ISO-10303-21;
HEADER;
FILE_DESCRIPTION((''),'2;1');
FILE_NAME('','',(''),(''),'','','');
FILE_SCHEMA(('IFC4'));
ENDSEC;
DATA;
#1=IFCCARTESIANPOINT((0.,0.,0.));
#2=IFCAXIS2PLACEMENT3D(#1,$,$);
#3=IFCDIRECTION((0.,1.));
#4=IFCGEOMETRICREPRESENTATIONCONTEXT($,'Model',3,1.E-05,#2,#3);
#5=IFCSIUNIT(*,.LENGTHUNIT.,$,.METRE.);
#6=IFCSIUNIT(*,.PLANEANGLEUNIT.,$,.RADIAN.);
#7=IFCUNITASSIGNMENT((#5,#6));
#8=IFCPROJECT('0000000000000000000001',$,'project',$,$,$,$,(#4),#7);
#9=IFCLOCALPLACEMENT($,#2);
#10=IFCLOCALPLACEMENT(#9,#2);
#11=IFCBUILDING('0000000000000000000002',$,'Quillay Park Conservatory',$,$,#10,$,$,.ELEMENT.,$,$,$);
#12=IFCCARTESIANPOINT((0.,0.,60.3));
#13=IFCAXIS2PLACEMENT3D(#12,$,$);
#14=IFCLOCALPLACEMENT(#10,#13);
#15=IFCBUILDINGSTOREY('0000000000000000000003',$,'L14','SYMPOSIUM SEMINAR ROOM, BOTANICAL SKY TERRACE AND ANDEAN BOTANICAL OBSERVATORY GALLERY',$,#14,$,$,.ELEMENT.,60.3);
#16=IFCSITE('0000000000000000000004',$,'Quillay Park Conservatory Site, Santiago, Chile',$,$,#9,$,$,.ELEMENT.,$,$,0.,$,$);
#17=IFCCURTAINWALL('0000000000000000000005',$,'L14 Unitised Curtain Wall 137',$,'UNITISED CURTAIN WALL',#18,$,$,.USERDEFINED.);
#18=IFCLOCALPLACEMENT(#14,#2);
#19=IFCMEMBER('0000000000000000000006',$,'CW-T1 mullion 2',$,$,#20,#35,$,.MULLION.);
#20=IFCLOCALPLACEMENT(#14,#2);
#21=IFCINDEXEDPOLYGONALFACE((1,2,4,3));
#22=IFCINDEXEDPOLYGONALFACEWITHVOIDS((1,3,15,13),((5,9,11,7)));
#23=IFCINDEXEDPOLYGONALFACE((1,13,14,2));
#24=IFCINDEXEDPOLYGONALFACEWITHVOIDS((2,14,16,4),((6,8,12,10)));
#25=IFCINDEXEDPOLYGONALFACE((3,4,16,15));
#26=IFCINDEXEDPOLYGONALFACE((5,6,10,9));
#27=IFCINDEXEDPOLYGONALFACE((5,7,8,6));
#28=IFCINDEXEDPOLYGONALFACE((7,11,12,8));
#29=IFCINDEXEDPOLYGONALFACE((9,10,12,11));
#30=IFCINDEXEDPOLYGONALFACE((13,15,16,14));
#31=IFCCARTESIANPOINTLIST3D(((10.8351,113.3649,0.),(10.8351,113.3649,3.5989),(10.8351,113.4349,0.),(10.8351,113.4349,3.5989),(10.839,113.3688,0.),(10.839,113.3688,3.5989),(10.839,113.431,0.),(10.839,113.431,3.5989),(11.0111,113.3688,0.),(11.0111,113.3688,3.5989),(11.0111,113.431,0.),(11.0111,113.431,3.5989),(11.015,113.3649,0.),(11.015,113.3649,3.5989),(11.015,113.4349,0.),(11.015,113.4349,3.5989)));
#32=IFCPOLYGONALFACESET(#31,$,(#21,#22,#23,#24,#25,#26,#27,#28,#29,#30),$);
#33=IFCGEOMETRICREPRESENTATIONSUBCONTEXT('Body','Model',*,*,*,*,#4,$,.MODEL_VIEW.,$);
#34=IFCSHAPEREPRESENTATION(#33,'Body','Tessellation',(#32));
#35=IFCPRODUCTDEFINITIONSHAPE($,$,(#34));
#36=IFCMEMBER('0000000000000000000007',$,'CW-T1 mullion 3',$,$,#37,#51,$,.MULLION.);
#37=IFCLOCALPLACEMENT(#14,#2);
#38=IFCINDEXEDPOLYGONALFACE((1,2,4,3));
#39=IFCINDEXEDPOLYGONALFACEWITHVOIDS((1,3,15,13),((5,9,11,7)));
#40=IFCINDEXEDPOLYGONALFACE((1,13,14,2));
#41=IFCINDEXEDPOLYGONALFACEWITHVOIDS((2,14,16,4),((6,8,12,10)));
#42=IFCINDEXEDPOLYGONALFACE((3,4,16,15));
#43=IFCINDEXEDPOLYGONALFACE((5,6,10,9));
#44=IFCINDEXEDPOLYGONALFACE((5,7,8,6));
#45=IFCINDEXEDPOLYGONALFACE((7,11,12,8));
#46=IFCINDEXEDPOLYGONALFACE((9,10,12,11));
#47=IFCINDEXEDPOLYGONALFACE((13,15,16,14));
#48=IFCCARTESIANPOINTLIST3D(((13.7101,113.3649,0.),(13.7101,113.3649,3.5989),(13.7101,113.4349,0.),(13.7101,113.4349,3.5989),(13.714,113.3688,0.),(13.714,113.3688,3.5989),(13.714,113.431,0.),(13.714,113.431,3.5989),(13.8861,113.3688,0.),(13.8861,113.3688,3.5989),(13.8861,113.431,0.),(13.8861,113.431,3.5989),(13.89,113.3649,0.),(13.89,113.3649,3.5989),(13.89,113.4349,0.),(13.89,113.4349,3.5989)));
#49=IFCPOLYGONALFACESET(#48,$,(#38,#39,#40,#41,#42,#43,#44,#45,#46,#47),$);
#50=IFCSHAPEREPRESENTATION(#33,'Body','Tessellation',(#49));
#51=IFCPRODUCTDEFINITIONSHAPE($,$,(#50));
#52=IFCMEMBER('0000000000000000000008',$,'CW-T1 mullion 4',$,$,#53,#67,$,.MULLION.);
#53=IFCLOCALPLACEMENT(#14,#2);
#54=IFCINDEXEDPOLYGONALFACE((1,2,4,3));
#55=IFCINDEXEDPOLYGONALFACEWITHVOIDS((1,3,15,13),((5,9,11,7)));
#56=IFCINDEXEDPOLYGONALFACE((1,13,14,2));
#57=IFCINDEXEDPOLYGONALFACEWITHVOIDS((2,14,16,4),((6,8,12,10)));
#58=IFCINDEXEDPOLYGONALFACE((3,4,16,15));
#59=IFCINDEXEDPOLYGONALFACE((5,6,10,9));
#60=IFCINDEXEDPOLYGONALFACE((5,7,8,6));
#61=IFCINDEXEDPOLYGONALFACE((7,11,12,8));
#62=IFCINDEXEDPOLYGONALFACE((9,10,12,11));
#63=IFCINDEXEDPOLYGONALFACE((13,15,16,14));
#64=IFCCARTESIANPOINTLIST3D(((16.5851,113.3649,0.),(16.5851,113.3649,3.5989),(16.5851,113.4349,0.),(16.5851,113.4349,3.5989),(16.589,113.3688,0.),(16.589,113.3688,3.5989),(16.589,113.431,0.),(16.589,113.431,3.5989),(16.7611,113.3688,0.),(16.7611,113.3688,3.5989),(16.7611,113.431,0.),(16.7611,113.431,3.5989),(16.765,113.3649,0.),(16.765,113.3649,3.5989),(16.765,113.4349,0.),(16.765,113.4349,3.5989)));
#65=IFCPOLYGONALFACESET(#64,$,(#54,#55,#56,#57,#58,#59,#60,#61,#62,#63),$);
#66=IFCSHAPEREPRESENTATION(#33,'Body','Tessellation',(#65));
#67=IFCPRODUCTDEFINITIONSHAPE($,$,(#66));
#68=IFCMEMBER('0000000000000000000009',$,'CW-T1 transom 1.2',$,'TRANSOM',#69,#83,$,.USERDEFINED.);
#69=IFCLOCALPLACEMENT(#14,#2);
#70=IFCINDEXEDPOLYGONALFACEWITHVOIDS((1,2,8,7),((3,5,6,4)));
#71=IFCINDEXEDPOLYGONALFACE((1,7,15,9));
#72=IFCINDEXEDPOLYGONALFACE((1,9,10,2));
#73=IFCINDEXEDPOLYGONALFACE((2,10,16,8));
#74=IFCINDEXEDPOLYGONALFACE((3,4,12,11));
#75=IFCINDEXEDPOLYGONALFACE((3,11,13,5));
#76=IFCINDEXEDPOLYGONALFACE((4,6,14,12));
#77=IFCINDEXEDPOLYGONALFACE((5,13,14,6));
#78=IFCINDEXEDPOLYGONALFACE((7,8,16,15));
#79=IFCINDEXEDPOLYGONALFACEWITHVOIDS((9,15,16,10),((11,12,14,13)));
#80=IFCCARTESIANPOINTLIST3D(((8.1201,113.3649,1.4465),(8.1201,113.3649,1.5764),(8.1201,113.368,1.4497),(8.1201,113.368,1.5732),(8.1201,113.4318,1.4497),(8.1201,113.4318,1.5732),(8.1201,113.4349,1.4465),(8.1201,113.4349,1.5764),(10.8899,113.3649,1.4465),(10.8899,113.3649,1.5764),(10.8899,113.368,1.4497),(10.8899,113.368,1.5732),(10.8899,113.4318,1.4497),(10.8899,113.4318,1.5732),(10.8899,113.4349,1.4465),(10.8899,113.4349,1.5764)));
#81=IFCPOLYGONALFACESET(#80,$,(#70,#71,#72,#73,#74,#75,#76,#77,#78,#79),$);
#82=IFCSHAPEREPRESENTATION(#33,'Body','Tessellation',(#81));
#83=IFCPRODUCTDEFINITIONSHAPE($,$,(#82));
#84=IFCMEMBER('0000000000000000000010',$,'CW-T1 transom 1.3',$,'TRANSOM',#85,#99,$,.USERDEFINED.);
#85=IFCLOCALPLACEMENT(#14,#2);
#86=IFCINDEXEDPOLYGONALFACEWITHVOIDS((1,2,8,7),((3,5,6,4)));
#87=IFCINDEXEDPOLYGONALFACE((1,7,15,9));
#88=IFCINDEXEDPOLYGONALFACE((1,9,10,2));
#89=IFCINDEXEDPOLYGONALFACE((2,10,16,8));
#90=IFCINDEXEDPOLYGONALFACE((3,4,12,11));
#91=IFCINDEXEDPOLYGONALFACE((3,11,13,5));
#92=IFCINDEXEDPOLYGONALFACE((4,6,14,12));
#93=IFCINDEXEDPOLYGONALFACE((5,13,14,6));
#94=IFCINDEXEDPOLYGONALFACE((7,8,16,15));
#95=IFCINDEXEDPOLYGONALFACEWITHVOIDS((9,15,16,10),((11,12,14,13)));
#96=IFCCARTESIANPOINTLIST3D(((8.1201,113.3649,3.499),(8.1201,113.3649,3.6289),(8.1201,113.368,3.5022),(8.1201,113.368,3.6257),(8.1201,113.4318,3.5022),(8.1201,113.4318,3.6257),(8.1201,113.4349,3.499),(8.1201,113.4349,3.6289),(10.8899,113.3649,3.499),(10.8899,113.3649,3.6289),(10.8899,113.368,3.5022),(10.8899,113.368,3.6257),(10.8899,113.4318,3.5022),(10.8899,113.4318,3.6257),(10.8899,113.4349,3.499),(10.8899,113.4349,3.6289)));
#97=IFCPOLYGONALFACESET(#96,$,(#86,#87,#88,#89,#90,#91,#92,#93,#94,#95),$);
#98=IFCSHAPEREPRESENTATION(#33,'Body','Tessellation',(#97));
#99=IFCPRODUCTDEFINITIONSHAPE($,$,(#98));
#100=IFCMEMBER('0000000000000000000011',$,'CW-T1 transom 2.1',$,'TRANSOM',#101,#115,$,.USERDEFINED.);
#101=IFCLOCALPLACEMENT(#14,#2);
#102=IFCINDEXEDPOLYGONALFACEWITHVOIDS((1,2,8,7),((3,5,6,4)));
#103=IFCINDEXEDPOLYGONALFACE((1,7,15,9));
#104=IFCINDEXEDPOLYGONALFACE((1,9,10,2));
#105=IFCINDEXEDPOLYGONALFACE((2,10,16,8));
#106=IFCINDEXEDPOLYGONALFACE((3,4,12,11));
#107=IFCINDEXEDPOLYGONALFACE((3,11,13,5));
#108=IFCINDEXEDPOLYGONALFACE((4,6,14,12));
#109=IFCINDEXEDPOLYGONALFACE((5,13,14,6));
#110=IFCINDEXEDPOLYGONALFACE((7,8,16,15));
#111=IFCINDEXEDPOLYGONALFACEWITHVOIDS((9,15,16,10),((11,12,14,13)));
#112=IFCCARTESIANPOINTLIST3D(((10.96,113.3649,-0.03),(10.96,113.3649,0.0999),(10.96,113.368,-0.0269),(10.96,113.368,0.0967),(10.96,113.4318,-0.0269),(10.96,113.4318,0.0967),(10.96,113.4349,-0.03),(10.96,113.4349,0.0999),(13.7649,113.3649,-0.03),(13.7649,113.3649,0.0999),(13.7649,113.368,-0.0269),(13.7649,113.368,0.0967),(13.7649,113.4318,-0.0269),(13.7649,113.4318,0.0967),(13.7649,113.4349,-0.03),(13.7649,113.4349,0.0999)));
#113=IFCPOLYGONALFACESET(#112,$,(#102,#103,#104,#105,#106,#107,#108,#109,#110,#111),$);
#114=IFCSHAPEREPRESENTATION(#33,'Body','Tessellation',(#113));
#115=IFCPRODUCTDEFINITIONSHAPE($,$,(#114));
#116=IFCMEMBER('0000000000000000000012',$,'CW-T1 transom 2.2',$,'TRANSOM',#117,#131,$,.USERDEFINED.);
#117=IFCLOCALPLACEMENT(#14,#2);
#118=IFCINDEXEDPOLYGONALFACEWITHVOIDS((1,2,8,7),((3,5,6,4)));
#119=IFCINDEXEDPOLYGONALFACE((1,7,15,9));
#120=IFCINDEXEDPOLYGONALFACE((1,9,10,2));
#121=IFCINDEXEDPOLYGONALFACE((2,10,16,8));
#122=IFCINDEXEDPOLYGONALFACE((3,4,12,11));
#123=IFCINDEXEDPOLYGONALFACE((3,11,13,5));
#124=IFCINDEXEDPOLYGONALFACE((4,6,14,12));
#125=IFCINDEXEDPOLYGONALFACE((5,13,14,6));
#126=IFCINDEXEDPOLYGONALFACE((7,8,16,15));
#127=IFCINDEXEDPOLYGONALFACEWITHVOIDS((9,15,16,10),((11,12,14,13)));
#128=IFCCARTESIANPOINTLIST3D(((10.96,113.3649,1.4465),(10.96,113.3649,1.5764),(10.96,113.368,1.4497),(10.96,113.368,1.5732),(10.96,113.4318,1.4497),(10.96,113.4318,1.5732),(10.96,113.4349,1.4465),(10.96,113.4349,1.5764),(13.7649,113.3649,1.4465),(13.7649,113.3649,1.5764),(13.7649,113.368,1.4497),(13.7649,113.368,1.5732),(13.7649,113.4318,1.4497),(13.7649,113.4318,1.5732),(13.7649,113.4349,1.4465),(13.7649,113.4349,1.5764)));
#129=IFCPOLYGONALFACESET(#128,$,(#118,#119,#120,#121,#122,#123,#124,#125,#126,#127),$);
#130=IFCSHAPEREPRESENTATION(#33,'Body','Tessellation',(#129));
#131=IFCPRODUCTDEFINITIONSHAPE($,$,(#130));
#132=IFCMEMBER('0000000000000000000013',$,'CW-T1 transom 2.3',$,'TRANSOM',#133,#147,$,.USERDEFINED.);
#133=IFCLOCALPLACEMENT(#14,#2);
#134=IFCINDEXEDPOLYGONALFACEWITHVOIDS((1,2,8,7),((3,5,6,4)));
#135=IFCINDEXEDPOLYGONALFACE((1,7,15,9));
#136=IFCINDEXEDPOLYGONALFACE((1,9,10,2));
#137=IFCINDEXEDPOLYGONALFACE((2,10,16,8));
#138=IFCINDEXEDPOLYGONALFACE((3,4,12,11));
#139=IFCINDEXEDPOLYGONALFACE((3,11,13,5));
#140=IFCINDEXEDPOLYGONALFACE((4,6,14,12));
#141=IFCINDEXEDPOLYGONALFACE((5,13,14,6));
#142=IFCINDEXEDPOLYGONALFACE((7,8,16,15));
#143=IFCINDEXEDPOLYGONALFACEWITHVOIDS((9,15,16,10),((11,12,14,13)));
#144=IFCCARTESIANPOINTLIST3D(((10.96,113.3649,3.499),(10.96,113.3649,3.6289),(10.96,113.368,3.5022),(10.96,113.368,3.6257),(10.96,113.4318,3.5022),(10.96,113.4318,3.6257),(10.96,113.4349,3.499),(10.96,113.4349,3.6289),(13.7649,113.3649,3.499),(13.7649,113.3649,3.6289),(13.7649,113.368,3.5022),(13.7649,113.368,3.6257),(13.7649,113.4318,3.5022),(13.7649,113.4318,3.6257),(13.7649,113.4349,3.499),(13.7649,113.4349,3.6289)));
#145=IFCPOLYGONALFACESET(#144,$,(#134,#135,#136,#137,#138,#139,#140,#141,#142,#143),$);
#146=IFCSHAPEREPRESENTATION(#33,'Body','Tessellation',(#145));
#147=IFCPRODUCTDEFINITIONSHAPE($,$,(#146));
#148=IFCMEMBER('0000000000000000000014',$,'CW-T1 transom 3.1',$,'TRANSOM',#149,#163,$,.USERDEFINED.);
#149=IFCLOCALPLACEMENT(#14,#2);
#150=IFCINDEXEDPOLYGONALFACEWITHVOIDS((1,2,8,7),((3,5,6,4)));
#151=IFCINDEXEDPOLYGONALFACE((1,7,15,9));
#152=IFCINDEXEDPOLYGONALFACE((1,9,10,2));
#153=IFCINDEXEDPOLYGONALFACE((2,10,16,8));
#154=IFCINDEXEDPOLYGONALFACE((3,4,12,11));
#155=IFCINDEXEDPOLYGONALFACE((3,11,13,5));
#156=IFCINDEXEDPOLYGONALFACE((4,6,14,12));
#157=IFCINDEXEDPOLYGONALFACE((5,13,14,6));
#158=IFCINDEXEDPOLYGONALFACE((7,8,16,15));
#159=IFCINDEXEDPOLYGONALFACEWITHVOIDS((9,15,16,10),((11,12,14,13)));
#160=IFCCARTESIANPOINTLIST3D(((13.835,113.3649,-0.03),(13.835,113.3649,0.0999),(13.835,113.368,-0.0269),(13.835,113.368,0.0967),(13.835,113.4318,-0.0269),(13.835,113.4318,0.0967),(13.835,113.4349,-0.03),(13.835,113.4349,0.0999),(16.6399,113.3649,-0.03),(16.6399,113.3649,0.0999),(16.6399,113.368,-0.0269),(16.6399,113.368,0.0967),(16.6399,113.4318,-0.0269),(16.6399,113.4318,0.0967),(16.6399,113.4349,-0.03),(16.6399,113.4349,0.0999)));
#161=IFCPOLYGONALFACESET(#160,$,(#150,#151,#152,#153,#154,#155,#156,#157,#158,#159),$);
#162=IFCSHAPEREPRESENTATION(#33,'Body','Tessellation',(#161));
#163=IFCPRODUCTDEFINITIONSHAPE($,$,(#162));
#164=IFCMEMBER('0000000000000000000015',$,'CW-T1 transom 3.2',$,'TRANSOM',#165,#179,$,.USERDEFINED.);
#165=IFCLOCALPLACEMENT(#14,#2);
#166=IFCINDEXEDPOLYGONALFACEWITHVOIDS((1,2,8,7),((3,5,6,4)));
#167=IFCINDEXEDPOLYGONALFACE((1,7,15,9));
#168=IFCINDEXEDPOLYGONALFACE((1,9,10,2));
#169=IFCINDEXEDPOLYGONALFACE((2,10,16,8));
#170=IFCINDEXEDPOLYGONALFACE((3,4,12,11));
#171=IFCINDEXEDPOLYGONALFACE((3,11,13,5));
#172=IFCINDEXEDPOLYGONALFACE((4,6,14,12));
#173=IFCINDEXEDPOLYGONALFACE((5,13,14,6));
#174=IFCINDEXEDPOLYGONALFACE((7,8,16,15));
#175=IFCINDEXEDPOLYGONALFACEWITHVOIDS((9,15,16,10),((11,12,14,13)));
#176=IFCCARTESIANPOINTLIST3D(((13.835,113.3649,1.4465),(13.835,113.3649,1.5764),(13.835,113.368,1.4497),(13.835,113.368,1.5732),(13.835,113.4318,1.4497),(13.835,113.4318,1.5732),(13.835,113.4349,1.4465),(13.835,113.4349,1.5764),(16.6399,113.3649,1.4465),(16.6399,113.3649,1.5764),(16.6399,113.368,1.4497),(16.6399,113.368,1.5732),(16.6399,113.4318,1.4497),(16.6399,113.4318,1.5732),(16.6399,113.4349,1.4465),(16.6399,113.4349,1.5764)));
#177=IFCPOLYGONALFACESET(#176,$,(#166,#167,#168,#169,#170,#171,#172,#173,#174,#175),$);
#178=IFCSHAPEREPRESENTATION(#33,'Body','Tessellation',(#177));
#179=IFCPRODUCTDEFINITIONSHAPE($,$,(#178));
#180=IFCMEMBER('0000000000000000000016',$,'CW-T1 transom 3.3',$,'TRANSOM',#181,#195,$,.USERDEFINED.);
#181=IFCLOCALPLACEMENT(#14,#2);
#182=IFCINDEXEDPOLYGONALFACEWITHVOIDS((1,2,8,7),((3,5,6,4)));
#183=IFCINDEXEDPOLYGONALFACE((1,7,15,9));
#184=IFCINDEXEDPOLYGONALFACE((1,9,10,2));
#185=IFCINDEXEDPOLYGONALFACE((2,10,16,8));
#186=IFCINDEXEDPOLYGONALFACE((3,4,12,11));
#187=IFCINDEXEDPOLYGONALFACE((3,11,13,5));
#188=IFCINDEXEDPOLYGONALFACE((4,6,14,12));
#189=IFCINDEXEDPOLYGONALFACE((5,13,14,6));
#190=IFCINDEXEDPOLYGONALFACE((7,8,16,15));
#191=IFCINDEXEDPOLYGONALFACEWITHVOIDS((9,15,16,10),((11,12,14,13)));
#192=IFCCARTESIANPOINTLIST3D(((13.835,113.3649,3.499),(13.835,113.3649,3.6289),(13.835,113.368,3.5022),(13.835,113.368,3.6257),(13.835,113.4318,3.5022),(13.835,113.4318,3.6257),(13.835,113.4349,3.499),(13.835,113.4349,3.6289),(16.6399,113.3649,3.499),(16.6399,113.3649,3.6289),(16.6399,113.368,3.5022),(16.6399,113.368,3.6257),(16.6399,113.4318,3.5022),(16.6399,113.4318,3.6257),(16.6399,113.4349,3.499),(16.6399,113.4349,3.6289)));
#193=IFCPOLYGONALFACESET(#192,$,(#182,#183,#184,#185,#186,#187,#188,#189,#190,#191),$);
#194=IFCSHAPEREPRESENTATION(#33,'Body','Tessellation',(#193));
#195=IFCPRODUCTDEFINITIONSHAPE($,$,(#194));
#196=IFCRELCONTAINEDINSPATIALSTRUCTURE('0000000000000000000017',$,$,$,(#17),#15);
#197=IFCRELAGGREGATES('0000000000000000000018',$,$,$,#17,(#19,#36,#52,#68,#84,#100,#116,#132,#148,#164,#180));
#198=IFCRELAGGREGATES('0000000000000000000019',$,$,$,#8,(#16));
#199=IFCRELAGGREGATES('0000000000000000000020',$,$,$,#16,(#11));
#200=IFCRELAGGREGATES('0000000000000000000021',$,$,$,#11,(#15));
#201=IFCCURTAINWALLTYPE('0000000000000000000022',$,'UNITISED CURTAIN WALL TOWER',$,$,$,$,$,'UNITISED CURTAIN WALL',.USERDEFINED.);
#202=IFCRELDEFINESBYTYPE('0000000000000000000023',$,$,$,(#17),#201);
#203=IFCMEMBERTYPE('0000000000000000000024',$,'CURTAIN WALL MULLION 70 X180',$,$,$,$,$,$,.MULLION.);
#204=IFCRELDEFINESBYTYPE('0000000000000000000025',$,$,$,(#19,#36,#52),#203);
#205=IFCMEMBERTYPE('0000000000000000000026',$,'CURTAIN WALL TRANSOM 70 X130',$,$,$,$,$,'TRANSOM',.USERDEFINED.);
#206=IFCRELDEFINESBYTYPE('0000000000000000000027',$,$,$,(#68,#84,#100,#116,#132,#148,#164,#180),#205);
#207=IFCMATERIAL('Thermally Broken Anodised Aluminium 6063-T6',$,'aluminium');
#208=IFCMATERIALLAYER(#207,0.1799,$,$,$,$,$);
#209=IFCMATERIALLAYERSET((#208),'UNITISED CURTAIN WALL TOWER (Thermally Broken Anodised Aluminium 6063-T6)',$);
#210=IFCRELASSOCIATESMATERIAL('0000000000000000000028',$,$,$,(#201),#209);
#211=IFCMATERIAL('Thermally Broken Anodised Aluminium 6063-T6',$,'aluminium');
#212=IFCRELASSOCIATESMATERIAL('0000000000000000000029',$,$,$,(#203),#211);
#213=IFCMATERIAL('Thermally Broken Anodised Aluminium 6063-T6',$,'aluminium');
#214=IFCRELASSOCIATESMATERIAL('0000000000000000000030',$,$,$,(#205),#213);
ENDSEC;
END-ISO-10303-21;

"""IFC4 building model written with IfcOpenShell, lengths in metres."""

from ifc_helpers import new_model, si_unit, direction, frame, origin, origin_2d, place, context, subcontext, project, spatial, hollow_rectangle, extrude, material, layer, layer_set, material_profile, profile_set, type_object, element, aggregate, save


model = new_model("IFC4")

# Units and contexts
model_context = context("Model", 3, precision=1e-05, world=origin(), true_north=direction((0.0, 1.0)))
body_context = subcontext(model_context, "Body", "Model", "MODEL_VIEW")
ifc_project = project(units=[si_unit("LENGTHUNIT", "METRE"), si_unit("PLANEANGLEUNIT", "RADIAN")], contexts=[model_context])

# Site, building, storey
site_placement = place(None, origin())
site = spatial("IfcSite", under=ifc_project, at=site_placement, Name="Quillay Park Conservatory Site, Santiago, Chile", CompositionType="ELEMENT", RefElevation=0.0)
building_placement = place(site_placement, origin())
building = spatial("IfcBuilding", under=site, at=building_placement, Name="Quillay Park Conservatory", CompositionType="ELEMENT")
storey_placement = place(building_placement, frame((0.0, 0.0, 60.3)))
storey = spatial("IfcBuildingStorey", under=building, at=storey_placement, Name="L14", Description="SYMPOSIUM SEMINAR ROOM, BOTANICAL SKY TERRACE AND ANDEAN BOTANICAL OBSERVATORY GALLERY", CompositionType="ELEMENT", Elevation=60.3)

# Curtain wall, members
ifc_material_1 = material(Name="Thermally Broken Anodised Aluminium 6063-T6", Category="aluminium")
ifc_layer_1 = layer(ifc_material_1, 0.1799)
ifc_layer_set_1 = layer_set([ifc_layer_1], Name="UNITISED CURTAIN WALL TOWER (Thermally Broken Anodised Aluminium 6063-T6)")
curtain_wall_type = type_object("IfcCurtainWallType", Name="UNITISED CURTAIN WALL TOWER", ElementType="UNITISED CURTAIN WALL", PredefinedType="USERDEFINED", material=ifc_layer_set_1)
curtain_wall_placement = place(storey_placement, origin())
curtain_wall = element("IfcCurtainWall", 1, at=curtain_wall_placement, inside=storey, type_object=curtain_wall_type, Name="L14 Unitised Curtain Wall 137", ObjectType="UNITISED CURTAIN WALL", PredefinedType="USERDEFINED")
ifc_material_2 = material(Name="Thermally Broken Anodised Aluminium 6063-T6", Category="aluminium")
ifc_material_profile_1 = material_profile(ifc_material_2, hollow_rectangle(XDim=0.0701, YDim=0.1799, WallThickness=0.0039, at=origin_2d()), Name="AL70x180x4")
ifc_profile_set_1 = profile_set([ifc_material_profile_1], Name="Thermally Broken Anodised Aluminium 6063-T6")
member_type_1 = type_object("IfcMemberType", Name="CURTAIN WALL MULLION 70 X180", PredefinedType="MULLION", material=ifc_profile_set_1)
member_1_placement = place(storey_placement, frame((10.925, 113.3999, 0.0), z_axis=(0.0, 0.0, 1.0), x_axis=(0.0, 1.0, 0.0)))
member_1 = element("IfcMember", 2, at=member_1_placement, type_object=member_type_1, Name="CW-T1 mullion 2", PredefinedType="MULLION", context=body_context, shape_type="SweptSolid", body=[
    extrude(hollow_rectangle(XDim=0.0701, YDim=0.1799, WallThickness=0.0039, at=origin_2d()), origin(), (0.0, 0.0, 1.0), 3.5989),
])
member_2_placement = place(storey_placement, frame((13.8, 113.3999, 0.0), z_axis=(0.0, 0.0, 1.0), x_axis=(0.0, 1.0, 0.0)))
member_2 = element("IfcMember", 3, at=member_2_placement, type_object=member_type_1, Name="CW-T1 mullion 3", PredefinedType="MULLION", context=body_context, shape_type="SweptSolid", body=[
    extrude(hollow_rectangle(XDim=0.0701, YDim=0.1799, WallThickness=0.0039, at=origin_2d()), origin(), (0.0, 0.0, 1.0), 3.5989),
])
member_3_placement = place(storey_placement, frame((16.675, 113.3999, 0.0), z_axis=(0.0, 0.0, 1.0), x_axis=(0.0, 1.0, 0.0)))
member_3 = element("IfcMember", 4, at=member_3_placement, type_object=member_type_1, Name="CW-T1 mullion 4", PredefinedType="MULLION", context=body_context, shape_type="SweptSolid", body=[
    extrude(hollow_rectangle(XDim=0.0701, YDim=0.1799, WallThickness=0.0039, at=origin_2d()), origin(), (0.0, 0.0, 1.0), 3.5989),
])
ifc_material_3 = material(Name="Thermally Broken Anodised Aluminium 6063-T6", Category="aluminium")
ifc_material_profile_2 = material_profile(ifc_material_3, hollow_rectangle(XDim=0.0701, YDim=0.1299, WallThickness=0.0032, at=origin_2d()), Name="AL70x130x3.2")
ifc_profile_set_2 = profile_set([ifc_material_profile_2], Name="Thermally Broken Anodised Aluminium 6063-T6")
member_type_2 = type_object("IfcMemberType", Name="CURTAIN WALL TRANSOM 70 X130", ElementType="TRANSOM", PredefinedType="USERDEFINED", material=ifc_profile_set_2)
member_4_placement = place(storey_placement, frame((8.1201, 113.3999, 1.5115), z_axis=(1.0, 0.0, 0.0), x_axis=(0.0, 1.0, 0.0)))
member_4 = element("IfcMember", 5, at=member_4_placement, type_object=member_type_2, Name="CW-T1 transom 1.2", ObjectType="TRANSOM", PredefinedType="USERDEFINED", context=body_context, shape_type="SweptSolid", body=[
    extrude(hollow_rectangle(XDim=0.0701, YDim=0.1299, WallThickness=0.0032, at=origin_2d()), origin(), (0.0, 0.0, 1.0), 2.7698),
])
member_5_placement = place(storey_placement, frame((8.1201, 113.3999, 3.564), z_axis=(1.0, 0.0, 0.0), x_axis=(0.0, 1.0, 0.0)))
member_5 = element("IfcMember", 6, at=member_5_placement, type_object=member_type_2, Name="CW-T1 transom 1.3", ObjectType="TRANSOM", PredefinedType="USERDEFINED", context=body_context, shape_type="SweptSolid", body=[
    extrude(hollow_rectangle(XDim=0.0701, YDim=0.1299, WallThickness=0.0032, at=origin_2d()), origin(), (0.0, 0.0, 1.0), 2.7698),
])
member_6_placement = place(storey_placement, frame((10.96, 113.3999, 0.0349), z_axis=(1.0, 0.0, 0.0), x_axis=(0.0, 1.0, 0.0)))
member_6 = element("IfcMember", 7, at=member_6_placement, type_object=member_type_2, Name="CW-T1 transom 2.1", ObjectType="TRANSOM", PredefinedType="USERDEFINED", context=body_context, shape_type="SweptSolid", body=[
    extrude(hollow_rectangle(XDim=0.0701, YDim=0.1299, WallThickness=0.0032, at=origin_2d()), origin(), (0.0, 0.0, 1.0), 2.8049),
])
member_7_placement = place(storey_placement, frame((10.96, 113.3999, 1.5115), z_axis=(1.0, 0.0, 0.0), x_axis=(0.0, 1.0, 0.0)))
member_7 = element("IfcMember", 8, at=member_7_placement, type_object=member_type_2, Name="CW-T1 transom 2.2", ObjectType="TRANSOM", PredefinedType="USERDEFINED", context=body_context, shape_type="SweptSolid", body=[
    extrude(hollow_rectangle(XDim=0.0701, YDim=0.1299, WallThickness=0.0032, at=origin_2d()), origin(), (0.0, 0.0, 1.0), 2.8049),
])
member_8_placement = place(storey_placement, frame((10.96, 113.3999, 3.564), z_axis=(1.0, 0.0, 0.0), x_axis=(0.0, 1.0, 0.0)))
member_8 = element("IfcMember", 9, at=member_8_placement, type_object=member_type_2, Name="CW-T1 transom 2.3", ObjectType="TRANSOM", PredefinedType="USERDEFINED", context=body_context, shape_type="SweptSolid", body=[
    extrude(hollow_rectangle(XDim=0.0701, YDim=0.1299, WallThickness=0.0032, at=origin_2d()), origin(), (0.0, 0.0, 1.0), 2.8049),
])
member_9_placement = place(storey_placement, frame((13.835, 113.3999, 0.0349), z_axis=(1.0, 0.0, 0.0), x_axis=(0.0, 1.0, 0.0)))
member_9 = element("IfcMember", 10, at=member_9_placement, type_object=member_type_2, Name="CW-T1 transom 3.1", ObjectType="TRANSOM", PredefinedType="USERDEFINED", context=body_context, shape_type="SweptSolid", body=[
    extrude(hollow_rectangle(XDim=0.0701, YDim=0.1299, WallThickness=0.0032, at=origin_2d()), origin(), (0.0, 0.0, 1.0), 2.8049),
])
member_10_placement = place(storey_placement, frame((13.835, 113.3999, 1.5115), z_axis=(1.0, 0.0, 0.0), x_axis=(0.0, 1.0, 0.0)))
member_10 = element("IfcMember", 11, at=member_10_placement, type_object=member_type_2, Name="CW-T1 transom 3.2", ObjectType="TRANSOM", PredefinedType="USERDEFINED", context=body_context, shape_type="SweptSolid", body=[
    extrude(hollow_rectangle(XDim=0.0701, YDim=0.1299, WallThickness=0.0032, at=origin_2d()), origin(), (0.0, 0.0, 1.0), 2.8049),
])
member_11_placement = place(storey_placement, frame((13.835, 113.3999, 3.564), z_axis=(1.0, 0.0, 0.0), x_axis=(0.0, 1.0, 0.0)))
member_11 = element("IfcMember", 12, at=member_11_placement, type_object=member_type_2, Name="CW-T1 transom 3.3", ObjectType="TRANSOM", PredefinedType="USERDEFINED", context=body_context, shape_type="SweptSolid", body=[
    extrude(hollow_rectangle(XDim=0.0701, YDim=0.1299, WallThickness=0.0032, at=origin_2d()), origin(), (0.0, 0.0, 1.0), 2.8049),
])
aggregate(curtain_wall, [member_1, member_2, member_3, member_4, member_5, member_6, member_7, member_8, member_9, member_10, member_11])

save(model, "model.ifc")
